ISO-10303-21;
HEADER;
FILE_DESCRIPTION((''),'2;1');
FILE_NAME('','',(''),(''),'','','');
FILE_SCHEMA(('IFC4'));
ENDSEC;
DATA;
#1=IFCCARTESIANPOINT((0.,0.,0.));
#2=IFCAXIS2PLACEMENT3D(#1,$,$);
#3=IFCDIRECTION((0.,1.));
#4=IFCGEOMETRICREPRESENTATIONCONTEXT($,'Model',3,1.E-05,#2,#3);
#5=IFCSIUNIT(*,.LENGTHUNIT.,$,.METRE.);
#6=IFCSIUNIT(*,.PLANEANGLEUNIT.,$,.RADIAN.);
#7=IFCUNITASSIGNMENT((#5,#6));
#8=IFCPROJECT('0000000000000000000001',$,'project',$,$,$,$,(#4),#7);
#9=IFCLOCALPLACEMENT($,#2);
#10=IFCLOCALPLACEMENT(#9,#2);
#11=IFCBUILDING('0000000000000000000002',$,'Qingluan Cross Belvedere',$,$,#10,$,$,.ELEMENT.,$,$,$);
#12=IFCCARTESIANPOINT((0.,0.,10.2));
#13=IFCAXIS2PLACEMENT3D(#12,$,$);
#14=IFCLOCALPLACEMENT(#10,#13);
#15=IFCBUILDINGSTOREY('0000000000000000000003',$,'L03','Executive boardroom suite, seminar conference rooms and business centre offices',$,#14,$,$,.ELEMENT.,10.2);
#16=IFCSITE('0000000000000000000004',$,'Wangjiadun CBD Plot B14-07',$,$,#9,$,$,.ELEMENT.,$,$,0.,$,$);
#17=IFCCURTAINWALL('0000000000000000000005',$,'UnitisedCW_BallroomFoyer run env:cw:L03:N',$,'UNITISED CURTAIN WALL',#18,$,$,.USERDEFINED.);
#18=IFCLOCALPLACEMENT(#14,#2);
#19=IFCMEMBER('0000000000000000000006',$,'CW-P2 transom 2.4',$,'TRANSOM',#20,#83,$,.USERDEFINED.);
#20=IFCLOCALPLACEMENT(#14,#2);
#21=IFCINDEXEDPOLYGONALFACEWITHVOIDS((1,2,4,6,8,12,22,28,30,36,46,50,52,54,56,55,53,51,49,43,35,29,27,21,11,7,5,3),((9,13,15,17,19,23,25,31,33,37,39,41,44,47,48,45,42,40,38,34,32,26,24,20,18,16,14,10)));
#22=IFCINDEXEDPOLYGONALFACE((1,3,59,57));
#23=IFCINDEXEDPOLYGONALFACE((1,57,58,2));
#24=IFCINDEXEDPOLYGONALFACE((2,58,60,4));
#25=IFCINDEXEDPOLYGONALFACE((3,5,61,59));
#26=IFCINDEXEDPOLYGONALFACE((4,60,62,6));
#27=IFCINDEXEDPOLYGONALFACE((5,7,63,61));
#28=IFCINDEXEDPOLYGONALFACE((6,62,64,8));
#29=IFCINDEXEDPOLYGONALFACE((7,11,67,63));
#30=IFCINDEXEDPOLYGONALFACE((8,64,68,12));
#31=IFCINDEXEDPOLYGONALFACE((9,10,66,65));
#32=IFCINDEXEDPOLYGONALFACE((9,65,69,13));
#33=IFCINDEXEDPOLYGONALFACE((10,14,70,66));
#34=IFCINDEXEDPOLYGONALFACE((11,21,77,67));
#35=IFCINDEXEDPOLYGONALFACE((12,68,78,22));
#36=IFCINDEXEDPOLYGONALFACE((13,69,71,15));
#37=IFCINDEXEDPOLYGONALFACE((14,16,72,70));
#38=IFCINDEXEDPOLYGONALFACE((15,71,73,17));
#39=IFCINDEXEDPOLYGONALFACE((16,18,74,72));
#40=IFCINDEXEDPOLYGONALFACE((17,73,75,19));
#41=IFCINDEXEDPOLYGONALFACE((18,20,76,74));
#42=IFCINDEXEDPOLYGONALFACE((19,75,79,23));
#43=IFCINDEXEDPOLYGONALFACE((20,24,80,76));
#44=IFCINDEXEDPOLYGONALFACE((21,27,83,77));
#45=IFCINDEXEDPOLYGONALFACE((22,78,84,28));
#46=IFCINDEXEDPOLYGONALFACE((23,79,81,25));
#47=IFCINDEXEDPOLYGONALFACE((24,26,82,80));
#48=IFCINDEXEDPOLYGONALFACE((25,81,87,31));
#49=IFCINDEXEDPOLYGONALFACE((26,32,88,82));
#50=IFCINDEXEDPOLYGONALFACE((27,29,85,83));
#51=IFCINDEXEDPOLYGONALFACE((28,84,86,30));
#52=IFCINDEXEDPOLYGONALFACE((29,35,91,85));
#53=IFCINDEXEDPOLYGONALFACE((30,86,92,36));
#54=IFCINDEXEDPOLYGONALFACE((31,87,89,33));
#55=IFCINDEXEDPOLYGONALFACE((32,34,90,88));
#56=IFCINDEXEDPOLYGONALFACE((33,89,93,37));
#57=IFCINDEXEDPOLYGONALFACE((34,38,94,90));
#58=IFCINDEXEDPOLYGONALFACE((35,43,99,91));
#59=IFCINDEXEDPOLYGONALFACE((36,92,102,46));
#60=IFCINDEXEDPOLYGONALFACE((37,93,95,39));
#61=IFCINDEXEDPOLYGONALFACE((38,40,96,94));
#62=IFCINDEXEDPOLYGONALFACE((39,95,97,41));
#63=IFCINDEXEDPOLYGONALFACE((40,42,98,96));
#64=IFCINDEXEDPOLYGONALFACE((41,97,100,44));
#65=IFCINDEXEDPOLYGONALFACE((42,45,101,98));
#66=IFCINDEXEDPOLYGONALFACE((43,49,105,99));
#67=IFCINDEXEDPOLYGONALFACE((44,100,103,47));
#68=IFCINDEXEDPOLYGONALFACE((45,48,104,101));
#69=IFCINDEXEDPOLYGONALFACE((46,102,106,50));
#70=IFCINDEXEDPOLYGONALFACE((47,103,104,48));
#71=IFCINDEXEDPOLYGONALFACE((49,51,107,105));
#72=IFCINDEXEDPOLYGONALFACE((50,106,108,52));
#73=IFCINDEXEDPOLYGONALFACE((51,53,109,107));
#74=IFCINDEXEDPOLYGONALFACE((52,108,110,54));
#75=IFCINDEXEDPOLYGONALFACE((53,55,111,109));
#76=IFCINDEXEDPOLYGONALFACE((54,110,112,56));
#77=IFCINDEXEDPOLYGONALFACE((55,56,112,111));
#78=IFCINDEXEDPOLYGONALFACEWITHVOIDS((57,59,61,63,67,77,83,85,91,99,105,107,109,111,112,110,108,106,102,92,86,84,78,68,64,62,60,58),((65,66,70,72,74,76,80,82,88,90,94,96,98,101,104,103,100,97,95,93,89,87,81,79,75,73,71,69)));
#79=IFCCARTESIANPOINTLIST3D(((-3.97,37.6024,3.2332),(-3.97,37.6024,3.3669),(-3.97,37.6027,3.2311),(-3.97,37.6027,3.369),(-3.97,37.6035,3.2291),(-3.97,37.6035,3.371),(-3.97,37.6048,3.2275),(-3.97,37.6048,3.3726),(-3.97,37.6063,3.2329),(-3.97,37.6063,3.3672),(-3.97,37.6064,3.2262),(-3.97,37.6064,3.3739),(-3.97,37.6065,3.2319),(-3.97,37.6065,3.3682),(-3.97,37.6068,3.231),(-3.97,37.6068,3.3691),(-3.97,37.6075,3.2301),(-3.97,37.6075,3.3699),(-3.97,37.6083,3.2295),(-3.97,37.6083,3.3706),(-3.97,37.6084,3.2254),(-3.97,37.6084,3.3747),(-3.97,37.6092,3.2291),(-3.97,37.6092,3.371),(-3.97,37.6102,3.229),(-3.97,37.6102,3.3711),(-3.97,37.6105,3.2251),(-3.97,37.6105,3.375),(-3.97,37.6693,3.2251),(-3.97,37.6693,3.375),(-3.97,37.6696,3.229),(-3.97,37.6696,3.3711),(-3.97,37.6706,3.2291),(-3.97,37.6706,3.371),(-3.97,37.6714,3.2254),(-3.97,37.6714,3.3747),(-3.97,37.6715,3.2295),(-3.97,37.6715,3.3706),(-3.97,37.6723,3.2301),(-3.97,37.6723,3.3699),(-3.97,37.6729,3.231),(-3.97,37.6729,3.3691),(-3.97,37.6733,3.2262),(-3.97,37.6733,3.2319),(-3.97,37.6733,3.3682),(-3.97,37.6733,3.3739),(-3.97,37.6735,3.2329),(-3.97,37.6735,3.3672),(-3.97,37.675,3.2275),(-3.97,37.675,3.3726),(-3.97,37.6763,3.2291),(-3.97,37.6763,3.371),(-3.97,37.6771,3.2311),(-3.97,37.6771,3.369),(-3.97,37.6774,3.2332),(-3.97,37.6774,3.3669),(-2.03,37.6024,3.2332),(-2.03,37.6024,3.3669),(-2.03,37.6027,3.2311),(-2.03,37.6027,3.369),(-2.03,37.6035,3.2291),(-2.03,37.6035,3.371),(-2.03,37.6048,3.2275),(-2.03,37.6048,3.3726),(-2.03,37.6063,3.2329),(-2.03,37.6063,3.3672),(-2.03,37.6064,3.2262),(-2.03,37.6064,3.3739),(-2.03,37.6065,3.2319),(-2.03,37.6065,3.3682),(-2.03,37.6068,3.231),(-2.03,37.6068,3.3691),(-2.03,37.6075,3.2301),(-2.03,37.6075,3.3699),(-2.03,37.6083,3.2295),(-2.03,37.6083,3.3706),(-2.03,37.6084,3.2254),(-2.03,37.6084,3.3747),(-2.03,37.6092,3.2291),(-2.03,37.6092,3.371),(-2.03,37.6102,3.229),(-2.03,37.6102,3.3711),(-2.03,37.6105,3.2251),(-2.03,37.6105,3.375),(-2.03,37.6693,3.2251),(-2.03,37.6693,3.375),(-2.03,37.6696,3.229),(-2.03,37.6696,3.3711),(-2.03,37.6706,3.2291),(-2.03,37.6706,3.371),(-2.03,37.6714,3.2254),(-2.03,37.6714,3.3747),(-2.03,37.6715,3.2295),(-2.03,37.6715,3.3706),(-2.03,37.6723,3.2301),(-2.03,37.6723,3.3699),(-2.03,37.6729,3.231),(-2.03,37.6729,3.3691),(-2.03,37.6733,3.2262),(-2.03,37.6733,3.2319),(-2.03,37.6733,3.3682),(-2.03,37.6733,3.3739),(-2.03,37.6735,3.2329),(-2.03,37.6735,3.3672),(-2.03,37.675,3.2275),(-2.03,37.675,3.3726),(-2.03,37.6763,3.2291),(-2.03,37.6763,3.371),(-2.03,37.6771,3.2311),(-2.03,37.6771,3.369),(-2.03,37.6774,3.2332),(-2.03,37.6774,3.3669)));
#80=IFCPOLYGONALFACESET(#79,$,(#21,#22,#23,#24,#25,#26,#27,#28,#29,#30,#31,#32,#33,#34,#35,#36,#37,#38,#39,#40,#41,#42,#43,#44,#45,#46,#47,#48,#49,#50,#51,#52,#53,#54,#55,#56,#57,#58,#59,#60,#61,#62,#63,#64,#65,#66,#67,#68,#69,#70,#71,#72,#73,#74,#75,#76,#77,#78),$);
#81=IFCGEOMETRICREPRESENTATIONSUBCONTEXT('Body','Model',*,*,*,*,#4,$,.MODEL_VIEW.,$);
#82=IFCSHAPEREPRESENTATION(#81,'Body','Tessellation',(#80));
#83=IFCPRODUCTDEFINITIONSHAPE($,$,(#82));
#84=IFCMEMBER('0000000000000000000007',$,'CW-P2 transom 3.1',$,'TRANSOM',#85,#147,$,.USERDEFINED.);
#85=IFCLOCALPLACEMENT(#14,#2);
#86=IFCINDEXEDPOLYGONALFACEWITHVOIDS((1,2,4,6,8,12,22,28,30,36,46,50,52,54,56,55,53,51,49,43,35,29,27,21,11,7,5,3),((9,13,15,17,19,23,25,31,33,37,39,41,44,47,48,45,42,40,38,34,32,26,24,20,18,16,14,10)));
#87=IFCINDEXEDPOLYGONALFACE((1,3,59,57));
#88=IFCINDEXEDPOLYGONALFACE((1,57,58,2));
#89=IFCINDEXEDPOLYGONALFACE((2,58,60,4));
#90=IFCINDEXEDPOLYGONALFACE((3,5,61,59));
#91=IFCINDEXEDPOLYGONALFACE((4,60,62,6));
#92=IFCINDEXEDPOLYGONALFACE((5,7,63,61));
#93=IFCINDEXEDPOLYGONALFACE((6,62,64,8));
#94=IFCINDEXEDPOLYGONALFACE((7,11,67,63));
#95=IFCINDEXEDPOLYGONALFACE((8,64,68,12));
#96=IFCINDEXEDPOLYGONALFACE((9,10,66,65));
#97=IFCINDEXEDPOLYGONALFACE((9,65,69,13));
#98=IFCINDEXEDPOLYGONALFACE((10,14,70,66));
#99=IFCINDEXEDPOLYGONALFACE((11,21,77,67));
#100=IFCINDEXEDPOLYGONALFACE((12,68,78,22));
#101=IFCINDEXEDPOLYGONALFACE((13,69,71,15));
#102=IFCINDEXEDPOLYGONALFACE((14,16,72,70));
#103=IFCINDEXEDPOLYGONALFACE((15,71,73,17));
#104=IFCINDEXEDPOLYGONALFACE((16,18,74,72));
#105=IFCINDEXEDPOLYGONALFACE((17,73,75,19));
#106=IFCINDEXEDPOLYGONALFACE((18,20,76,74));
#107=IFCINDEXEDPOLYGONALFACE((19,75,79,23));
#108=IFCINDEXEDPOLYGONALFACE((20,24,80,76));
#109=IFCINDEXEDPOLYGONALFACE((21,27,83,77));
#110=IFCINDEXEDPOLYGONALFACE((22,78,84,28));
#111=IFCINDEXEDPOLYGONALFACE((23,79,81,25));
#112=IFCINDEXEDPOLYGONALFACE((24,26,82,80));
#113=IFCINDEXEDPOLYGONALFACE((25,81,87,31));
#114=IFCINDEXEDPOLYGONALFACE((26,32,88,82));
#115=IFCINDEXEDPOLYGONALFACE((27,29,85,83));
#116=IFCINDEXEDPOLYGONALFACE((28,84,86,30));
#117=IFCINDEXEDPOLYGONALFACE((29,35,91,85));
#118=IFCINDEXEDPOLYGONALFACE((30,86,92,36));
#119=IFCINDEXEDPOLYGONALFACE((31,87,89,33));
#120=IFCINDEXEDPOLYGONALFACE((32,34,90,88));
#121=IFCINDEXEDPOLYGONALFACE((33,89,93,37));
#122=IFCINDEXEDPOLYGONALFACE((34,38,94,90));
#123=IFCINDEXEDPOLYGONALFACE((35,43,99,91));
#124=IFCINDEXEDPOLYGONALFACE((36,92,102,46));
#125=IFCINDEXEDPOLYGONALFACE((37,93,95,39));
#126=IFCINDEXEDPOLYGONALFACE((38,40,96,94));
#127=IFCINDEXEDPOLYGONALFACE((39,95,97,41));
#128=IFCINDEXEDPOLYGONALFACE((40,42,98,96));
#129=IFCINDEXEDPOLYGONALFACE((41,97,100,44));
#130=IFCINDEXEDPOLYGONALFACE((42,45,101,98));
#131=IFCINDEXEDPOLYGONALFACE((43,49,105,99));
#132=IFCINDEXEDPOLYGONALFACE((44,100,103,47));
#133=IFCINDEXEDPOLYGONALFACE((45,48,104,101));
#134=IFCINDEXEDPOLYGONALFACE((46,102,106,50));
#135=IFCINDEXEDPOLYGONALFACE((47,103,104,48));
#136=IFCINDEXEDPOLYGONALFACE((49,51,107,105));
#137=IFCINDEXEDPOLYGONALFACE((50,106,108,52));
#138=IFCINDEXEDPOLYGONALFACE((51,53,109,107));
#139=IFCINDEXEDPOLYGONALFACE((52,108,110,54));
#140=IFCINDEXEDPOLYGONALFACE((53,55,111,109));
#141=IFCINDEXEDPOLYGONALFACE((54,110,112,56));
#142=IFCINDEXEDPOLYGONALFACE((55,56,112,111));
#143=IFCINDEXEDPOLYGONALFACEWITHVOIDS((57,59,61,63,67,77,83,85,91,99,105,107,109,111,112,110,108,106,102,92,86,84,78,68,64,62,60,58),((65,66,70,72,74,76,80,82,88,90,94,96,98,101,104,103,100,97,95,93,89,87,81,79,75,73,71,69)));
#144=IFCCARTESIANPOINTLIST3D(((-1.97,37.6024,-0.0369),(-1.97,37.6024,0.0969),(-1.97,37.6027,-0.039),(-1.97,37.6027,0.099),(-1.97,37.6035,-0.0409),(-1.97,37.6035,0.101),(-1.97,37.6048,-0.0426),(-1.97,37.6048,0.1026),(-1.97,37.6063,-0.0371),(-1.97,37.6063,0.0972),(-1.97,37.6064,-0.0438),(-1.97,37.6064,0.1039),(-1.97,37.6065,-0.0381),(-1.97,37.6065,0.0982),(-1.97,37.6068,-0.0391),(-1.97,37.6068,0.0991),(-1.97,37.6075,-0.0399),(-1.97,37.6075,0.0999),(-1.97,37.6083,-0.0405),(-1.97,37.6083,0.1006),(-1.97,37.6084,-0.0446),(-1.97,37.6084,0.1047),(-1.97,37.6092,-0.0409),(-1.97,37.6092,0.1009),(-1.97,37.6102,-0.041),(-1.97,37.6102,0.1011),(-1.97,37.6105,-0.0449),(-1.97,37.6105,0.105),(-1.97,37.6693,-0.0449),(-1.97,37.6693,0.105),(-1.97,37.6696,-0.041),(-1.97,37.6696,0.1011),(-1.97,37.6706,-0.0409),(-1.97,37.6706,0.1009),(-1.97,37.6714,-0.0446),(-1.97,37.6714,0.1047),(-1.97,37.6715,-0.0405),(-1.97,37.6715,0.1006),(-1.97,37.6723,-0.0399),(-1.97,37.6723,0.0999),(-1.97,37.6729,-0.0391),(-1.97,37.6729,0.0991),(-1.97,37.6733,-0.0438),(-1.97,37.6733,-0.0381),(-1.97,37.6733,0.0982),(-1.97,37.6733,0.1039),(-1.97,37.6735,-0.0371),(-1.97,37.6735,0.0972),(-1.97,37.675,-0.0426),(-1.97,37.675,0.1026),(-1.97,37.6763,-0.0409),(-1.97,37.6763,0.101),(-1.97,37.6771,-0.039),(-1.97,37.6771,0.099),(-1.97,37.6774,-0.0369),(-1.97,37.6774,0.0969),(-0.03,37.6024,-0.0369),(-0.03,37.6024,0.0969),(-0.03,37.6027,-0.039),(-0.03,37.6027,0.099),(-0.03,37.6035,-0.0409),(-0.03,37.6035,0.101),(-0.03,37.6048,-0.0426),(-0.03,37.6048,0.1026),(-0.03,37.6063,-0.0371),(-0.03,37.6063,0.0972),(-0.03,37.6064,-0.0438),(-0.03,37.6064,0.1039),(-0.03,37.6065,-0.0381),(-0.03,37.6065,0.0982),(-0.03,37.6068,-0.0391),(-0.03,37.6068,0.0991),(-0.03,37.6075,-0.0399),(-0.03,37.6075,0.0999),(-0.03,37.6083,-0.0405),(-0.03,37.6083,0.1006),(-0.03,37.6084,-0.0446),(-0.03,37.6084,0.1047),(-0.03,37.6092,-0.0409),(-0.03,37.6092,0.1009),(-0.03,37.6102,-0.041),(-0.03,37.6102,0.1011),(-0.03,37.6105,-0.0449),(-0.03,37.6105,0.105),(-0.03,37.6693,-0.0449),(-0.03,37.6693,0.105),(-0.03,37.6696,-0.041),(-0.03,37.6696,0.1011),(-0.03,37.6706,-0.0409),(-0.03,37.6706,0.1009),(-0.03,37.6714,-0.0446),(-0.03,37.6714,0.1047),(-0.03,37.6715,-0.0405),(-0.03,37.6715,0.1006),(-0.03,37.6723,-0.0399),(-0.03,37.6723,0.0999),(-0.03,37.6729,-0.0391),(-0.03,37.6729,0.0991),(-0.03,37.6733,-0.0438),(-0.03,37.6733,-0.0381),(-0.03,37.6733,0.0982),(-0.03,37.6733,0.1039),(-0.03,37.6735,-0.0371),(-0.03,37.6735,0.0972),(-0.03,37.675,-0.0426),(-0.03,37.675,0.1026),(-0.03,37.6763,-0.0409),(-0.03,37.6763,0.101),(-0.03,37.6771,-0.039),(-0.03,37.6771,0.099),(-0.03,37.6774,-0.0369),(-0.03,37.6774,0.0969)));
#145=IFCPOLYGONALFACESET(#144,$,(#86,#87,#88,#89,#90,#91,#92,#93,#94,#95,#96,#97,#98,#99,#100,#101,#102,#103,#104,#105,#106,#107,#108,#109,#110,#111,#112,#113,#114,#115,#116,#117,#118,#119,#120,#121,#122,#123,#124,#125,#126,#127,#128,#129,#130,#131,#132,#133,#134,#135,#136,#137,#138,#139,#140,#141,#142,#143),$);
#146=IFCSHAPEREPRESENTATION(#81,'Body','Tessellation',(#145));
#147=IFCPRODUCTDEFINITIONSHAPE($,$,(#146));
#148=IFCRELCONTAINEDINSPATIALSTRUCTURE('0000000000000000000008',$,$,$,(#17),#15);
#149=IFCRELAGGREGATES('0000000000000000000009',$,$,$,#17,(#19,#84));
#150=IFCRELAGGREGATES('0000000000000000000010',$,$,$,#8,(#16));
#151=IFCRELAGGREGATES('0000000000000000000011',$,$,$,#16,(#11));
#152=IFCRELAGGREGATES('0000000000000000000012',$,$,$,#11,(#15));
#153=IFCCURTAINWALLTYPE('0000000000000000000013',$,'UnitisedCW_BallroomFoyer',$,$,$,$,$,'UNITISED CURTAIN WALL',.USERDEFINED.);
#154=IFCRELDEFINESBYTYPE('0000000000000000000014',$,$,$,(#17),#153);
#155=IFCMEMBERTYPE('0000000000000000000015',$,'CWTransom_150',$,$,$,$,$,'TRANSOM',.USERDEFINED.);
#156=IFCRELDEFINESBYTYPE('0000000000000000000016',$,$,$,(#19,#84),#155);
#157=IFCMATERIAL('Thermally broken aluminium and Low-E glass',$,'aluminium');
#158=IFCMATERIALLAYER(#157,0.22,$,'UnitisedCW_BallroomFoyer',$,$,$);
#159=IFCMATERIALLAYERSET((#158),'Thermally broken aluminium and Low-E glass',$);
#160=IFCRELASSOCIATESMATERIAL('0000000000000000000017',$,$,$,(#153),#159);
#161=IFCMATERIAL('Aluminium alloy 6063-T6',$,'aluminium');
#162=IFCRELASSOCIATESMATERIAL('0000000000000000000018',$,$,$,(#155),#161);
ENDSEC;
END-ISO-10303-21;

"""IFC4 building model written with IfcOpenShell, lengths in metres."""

from ifc_helpers import new_model, si_unit, direction, frame, origin, origin_2d, place, context, subcontext, project, spatial, hollow_rectangle, extrude, material, layer, layer_set, material_profile, profile_set, type_object, element, aggregate, save


model = new_model("IFC4")

# Units and contexts
model_context = context("Model", 3, precision=1e-05, world=origin(), true_north=direction((0.0, 1.0)))
body_context = subcontext(model_context, "Body", "Model", "MODEL_VIEW")
ifc_project = project(units=[si_unit("LENGTHUNIT", "METRE"), si_unit("PLANEANGLEUNIT", "RADIAN")], contexts=[model_context])

# Site, building, storey
site_placement = place(None, origin())
site = spatial("IfcSite", under=ifc_project, at=site_placement, Name="Wangjiadun CBD Plot B14-07", CompositionType="ELEMENT", RefElevation=0.0)
building_placement = place(site_placement, origin())
building = spatial("IfcBuilding", under=site, at=building_placement, Name="Qingluan Cross Belvedere", CompositionType="ELEMENT")
storey_placement = place(building_placement, frame((0.0, 0.0, 10.2)))
storey = spatial("IfcBuildingStorey", under=building, at=storey_placement, Name="L03", Description="Executive boardroom suite, seminar conference rooms and business centre offices", CompositionType="ELEMENT", Elevation=10.2)

# Curtain wall, members
ifc_material_1 = material(Name="Thermally broken aluminium and Low-E glass", Category="aluminium")
ifc_layer_1 = layer(ifc_material_1, 0.22, Name="UnitisedCW_BallroomFoyer")
ifc_layer_set_1 = layer_set([ifc_layer_1], Name="Thermally broken aluminium and Low-E glass")
curtain_wall_type = type_object("IfcCurtainWallType", Name="UnitisedCW_BallroomFoyer", ElementType="UNITISED CURTAIN WALL", PredefinedType="USERDEFINED", material=ifc_layer_set_1)
curtain_wall_placement = place(storey_placement, origin())
curtain_wall = element("IfcCurtainWall", 1, at=curtain_wall_placement, inside=storey, type_object=curtain_wall_type, Name="UnitisedCW_BallroomFoyer run env:cw:L03:N", ObjectType="UNITISED CURTAIN WALL", PredefinedType="USERDEFINED")
ifc_material_2 = material(Name="Aluminium alloy 6063-T6", Category="aluminium")
ifc_material_profile_1 = material_profile(ifc_material_2, hollow_rectangle(XDim=0.075, YDim=0.1499, WallThickness=0.0039, InnerFilletRadius=0.0039, OuterFilletRadius=0.0081, at=origin_2d()), Name="CWT150x75x4")
ifc_profile_set_1 = profile_set([ifc_material_profile_1], Name="Aluminium alloy 6063-T6")
member_type_1 = type_object("IfcMemberType", Name="CWTransom_150", ElementType="TRANSOM", PredefinedType="USERDEFINED", material=ifc_profile_set_1)
member_1_placement = place(storey_placement, frame((-3.97, 37.6399, 3.3), z_axis=(1.0, 0.0, 0.0), x_axis=(0.0, 1.0, 0.0)))
member_1 = element("IfcMember", 2, at=member_1_placement, type_object=member_type_1, Name="CW-P2 transom 2.4", ObjectType="TRANSOM", PredefinedType="USERDEFINED", context=body_context, shape_type="SweptSolid", body=[
    extrude(hollow_rectangle(XDim=0.075, YDim=0.1499, WallThickness=0.0039, InnerFilletRadius=0.0039, OuterFilletRadius=0.0081, at=origin_2d()), origin(), (0.0, 0.0, 1.0), 1.9399),
])
member_2_placement = place(storey_placement, frame((-1.97, 37.6399, 0.03), z_axis=(1.0, 0.0, 0.0), x_axis=(0.0, 1.0, 0.0)))
member_2 = element("IfcMember", 3, at=member_2_placement, type_object=member_type_1, Name="CW-P2 transom 3.1", ObjectType="TRANSOM", PredefinedType="USERDEFINED", context=body_context, shape_type="SweptSolid", body=[
    extrude(hollow_rectangle(XDim=0.075, YDim=0.1499, WallThickness=0.0039, InnerFilletRadius=0.0039, OuterFilletRadius=0.0081, at=origin_2d()), origin(), (0.0, 0.0, 1.0), 1.9399),
])

aggregate(curtain_wall, [member_1, member_2])

save(model, "model.ifc")
